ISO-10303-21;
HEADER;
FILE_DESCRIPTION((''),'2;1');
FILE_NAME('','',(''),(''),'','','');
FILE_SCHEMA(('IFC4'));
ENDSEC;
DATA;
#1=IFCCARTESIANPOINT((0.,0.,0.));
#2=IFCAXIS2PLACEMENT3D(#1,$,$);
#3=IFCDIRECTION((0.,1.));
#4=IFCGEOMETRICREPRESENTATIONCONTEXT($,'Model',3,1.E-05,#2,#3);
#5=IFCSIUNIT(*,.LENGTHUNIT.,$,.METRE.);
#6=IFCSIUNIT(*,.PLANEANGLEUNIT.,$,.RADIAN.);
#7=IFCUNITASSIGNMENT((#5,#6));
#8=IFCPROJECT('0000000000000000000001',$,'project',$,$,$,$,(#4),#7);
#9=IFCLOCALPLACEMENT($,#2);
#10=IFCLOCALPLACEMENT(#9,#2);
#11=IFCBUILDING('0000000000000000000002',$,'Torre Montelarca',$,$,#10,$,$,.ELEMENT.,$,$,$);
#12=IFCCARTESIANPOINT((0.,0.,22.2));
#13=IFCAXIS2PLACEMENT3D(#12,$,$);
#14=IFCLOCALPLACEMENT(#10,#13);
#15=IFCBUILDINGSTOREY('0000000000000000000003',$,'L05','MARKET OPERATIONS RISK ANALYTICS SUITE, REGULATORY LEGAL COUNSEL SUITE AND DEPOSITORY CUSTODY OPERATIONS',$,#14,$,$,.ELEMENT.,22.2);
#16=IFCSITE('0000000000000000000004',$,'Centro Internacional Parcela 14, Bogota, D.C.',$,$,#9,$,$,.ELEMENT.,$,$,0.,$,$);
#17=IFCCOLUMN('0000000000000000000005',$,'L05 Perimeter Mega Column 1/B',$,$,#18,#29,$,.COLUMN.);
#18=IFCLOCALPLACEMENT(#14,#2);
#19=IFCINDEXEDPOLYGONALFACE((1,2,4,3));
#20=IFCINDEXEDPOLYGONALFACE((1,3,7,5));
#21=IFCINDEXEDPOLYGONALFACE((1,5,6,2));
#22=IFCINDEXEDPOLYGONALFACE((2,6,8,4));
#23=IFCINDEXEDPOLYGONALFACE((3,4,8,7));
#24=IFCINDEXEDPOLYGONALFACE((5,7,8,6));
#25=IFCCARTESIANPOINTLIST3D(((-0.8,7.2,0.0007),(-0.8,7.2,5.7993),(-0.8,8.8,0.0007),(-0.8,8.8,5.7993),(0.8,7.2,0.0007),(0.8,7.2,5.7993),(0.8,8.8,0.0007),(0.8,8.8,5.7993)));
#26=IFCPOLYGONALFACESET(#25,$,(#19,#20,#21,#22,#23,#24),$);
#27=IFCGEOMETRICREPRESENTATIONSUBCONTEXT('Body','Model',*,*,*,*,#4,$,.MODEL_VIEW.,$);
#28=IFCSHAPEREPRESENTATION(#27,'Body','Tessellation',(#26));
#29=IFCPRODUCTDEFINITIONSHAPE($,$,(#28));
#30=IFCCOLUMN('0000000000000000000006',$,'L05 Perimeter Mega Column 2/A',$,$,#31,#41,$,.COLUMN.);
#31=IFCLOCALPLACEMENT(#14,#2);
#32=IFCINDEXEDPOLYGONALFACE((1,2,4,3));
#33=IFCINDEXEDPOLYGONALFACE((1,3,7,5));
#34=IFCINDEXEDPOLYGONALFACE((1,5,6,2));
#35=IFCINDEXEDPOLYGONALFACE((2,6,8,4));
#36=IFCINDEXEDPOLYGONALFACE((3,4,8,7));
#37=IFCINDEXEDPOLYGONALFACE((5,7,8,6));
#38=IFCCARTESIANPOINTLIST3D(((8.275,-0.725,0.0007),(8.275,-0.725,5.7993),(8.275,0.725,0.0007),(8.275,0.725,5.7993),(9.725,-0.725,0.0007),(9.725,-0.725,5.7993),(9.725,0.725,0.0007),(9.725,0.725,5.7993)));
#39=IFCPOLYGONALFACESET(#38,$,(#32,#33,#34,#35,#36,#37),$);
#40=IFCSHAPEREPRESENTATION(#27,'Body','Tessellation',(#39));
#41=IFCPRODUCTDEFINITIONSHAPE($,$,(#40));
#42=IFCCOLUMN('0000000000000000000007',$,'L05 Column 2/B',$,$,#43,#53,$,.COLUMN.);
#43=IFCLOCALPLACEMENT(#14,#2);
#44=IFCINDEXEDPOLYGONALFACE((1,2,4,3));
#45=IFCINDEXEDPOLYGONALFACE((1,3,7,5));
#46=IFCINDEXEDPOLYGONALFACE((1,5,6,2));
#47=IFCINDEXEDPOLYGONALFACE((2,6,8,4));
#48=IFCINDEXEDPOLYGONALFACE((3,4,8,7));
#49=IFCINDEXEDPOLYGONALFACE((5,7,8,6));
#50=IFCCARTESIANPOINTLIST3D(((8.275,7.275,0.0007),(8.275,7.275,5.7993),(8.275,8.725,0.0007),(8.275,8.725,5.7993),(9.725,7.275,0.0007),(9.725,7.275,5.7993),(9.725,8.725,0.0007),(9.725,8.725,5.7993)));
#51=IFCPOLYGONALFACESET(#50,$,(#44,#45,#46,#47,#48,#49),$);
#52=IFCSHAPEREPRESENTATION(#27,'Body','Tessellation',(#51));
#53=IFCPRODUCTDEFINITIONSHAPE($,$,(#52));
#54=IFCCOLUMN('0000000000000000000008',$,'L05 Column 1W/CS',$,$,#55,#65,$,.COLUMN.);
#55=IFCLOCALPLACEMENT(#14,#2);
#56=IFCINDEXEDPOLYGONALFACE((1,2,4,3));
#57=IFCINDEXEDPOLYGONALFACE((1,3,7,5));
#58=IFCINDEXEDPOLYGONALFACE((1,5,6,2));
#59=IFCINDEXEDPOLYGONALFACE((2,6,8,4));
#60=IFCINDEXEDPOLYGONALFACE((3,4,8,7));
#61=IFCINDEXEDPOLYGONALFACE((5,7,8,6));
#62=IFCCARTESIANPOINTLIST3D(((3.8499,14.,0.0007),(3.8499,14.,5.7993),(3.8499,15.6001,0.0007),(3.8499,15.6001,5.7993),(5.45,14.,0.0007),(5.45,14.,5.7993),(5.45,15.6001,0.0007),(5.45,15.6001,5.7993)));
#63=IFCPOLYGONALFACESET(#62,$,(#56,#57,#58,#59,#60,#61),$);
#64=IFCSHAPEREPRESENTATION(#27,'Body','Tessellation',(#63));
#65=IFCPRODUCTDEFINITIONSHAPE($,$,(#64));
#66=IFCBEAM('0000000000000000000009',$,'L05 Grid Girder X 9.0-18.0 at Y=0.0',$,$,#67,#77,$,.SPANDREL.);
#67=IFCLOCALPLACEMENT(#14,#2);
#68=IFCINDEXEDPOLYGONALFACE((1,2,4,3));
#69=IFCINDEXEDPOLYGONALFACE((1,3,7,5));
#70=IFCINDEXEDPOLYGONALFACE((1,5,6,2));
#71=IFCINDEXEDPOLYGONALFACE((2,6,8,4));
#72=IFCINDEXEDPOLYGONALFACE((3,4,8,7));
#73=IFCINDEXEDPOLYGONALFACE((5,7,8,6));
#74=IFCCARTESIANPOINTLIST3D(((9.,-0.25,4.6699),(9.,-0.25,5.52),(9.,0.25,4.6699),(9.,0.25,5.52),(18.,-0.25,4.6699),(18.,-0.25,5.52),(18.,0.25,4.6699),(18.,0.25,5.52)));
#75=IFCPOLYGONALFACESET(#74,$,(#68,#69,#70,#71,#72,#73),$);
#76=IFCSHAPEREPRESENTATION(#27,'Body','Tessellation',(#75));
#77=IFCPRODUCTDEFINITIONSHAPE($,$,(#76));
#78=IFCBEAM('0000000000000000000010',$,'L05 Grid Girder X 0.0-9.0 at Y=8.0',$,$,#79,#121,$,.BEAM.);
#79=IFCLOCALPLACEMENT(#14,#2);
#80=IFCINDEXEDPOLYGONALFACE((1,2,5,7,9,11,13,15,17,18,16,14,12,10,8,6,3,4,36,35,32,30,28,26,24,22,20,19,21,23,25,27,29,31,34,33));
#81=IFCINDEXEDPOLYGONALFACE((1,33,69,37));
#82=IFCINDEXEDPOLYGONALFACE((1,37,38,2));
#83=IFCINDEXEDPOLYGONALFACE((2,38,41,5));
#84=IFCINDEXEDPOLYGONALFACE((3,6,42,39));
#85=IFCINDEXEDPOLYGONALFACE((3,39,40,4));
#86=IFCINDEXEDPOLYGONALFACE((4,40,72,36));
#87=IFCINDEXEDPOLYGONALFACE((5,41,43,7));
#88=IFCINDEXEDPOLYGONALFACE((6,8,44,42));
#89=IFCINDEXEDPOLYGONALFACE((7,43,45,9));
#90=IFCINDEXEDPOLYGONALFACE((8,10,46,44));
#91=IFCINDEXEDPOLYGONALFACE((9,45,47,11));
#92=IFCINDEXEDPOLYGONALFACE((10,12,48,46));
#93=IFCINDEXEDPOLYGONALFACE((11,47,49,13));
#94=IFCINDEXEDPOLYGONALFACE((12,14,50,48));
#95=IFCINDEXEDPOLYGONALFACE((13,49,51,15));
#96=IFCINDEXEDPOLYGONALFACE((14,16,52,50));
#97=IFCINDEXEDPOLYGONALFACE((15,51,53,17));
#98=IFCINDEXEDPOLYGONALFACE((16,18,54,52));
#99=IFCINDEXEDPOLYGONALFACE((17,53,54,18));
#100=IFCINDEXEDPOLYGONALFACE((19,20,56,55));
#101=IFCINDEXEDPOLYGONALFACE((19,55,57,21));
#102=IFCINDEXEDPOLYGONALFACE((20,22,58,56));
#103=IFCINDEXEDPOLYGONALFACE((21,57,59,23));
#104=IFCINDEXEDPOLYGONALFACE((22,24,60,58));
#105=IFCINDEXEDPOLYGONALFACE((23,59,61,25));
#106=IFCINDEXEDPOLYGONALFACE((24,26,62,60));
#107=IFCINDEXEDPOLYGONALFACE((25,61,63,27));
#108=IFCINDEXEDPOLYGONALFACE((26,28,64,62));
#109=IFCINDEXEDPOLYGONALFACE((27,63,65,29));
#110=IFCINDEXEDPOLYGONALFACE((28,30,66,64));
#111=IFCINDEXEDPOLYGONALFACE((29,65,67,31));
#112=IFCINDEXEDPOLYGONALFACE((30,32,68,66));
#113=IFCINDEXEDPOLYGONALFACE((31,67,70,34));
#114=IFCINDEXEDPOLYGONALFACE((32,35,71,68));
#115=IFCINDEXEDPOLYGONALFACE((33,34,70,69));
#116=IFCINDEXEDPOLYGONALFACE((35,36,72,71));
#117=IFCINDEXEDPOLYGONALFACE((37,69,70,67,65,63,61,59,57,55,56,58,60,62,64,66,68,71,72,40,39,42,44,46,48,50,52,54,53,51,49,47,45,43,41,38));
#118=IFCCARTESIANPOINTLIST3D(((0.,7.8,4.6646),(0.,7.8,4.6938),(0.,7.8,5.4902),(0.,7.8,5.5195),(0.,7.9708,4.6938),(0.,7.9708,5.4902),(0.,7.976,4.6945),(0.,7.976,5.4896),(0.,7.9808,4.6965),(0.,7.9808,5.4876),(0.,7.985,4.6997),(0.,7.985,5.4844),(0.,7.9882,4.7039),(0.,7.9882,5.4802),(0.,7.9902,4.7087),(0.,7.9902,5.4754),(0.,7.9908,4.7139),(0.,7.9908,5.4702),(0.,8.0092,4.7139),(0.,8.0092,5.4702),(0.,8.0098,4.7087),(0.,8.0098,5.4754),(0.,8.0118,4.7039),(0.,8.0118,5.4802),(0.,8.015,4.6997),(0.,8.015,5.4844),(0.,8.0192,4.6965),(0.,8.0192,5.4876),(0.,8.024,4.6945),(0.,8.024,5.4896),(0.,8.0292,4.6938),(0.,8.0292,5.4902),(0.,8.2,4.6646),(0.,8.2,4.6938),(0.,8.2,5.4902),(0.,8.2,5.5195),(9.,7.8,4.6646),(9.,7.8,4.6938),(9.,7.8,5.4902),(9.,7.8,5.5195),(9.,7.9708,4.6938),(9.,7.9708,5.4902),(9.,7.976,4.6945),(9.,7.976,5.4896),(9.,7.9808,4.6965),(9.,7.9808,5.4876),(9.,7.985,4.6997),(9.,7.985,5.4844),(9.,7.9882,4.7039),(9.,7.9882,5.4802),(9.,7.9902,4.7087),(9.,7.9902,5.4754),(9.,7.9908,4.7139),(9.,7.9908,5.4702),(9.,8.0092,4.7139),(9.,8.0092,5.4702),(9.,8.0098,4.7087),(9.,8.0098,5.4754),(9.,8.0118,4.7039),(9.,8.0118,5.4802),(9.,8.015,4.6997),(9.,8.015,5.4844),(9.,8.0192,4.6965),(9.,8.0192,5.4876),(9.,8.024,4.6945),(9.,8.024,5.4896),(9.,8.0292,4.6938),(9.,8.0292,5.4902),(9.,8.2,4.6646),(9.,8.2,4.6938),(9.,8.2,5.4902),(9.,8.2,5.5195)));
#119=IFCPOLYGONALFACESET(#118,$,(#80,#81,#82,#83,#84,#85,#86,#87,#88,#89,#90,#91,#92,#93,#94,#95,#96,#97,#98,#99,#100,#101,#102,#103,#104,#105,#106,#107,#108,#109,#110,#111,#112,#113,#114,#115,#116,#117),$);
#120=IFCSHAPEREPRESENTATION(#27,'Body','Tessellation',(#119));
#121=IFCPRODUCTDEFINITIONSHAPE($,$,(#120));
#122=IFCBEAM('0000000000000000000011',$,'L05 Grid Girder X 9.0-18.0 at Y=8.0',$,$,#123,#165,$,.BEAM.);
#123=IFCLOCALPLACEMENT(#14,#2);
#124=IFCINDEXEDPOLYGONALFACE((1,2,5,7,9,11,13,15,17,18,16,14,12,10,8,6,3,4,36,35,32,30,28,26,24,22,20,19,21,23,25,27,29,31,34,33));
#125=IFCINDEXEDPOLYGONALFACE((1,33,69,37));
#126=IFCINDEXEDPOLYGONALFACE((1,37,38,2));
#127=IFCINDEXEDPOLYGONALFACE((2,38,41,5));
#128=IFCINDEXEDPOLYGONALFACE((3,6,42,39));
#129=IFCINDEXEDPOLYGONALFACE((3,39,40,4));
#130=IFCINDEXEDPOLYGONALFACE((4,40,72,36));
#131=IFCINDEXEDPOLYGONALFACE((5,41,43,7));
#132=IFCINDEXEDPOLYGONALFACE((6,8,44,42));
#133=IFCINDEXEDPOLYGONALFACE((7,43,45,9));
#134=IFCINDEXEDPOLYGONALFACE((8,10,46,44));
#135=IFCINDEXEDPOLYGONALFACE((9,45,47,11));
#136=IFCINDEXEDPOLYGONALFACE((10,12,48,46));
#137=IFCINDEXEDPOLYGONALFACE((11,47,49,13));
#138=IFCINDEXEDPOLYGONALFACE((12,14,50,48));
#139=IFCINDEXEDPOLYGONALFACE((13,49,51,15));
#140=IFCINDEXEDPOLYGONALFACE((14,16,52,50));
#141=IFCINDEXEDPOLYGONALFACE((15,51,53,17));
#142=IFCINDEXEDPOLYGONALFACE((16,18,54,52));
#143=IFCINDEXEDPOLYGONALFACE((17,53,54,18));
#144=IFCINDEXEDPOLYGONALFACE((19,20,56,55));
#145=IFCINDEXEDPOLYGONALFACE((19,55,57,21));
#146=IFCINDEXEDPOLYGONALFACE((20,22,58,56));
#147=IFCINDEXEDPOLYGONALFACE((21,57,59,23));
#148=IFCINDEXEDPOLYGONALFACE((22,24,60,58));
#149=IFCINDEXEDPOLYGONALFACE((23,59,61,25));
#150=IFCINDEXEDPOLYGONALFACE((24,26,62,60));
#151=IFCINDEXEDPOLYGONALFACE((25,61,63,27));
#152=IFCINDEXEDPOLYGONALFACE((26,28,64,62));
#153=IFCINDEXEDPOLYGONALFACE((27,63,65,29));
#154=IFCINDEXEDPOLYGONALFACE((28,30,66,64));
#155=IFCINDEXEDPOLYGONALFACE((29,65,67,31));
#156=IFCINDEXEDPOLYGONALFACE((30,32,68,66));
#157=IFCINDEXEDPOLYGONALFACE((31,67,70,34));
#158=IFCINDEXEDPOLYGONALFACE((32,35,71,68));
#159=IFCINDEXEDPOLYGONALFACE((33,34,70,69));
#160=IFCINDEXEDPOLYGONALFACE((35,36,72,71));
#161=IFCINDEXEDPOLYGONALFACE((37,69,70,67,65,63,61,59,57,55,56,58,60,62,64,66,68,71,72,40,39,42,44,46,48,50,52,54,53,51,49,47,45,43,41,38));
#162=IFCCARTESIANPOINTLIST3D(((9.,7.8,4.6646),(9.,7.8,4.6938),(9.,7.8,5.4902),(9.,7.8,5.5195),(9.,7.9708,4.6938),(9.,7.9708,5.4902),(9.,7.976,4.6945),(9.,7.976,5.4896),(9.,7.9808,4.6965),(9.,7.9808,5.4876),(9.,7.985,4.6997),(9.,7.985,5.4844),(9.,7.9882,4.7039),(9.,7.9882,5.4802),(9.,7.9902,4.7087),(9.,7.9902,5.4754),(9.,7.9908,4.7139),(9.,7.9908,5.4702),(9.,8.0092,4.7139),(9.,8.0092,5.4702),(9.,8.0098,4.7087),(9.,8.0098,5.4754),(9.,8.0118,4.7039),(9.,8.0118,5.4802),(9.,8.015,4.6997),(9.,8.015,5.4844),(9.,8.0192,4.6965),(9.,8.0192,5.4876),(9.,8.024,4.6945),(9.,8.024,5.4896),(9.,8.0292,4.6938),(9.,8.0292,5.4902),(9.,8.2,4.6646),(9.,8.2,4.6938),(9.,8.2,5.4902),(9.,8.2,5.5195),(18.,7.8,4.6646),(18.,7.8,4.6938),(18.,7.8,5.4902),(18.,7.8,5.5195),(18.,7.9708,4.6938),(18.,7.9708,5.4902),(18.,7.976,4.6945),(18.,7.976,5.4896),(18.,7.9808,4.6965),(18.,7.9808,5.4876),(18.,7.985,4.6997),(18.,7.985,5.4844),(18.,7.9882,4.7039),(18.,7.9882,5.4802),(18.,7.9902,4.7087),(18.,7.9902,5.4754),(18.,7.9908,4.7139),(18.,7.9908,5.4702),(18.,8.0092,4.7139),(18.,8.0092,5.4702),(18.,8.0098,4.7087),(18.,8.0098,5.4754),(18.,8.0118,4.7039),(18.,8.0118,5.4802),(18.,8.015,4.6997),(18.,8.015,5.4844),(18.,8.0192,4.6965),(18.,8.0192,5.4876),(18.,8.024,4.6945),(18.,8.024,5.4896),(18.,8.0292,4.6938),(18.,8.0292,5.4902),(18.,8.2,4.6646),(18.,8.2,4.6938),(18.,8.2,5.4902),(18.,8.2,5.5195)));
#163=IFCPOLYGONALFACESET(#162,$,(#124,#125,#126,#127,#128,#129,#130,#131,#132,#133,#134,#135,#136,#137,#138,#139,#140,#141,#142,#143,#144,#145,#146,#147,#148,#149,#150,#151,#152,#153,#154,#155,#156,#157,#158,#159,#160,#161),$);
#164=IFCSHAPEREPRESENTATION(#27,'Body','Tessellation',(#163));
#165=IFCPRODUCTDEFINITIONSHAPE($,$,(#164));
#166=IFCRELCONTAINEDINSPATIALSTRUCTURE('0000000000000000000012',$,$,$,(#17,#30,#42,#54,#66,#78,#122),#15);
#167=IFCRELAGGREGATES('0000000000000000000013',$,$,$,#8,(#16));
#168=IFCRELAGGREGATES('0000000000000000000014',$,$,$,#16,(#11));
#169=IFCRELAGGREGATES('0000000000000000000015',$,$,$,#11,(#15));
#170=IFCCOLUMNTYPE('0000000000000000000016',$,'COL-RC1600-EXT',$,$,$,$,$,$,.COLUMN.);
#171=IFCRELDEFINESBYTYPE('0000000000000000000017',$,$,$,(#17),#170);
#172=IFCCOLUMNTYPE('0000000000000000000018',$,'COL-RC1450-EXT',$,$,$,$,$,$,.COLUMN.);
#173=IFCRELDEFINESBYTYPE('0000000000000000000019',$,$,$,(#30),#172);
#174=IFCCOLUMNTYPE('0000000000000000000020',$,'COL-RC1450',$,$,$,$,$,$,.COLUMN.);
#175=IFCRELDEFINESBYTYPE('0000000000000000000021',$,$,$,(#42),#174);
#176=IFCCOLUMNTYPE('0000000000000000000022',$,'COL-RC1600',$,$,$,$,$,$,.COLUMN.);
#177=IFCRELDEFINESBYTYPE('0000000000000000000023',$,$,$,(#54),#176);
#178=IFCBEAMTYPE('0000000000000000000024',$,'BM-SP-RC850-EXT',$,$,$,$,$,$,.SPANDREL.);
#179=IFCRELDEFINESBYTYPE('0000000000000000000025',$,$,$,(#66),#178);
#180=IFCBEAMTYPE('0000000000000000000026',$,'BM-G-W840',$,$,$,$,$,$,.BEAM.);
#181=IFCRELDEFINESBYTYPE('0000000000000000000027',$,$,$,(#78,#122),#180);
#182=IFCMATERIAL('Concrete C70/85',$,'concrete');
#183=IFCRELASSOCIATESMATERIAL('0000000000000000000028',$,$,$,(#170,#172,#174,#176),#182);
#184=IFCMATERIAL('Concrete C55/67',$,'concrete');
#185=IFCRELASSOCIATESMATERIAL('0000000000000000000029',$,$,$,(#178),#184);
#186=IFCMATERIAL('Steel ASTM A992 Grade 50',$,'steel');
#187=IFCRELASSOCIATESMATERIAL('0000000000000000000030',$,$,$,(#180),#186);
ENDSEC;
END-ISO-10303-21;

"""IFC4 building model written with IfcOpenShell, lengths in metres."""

from ifc_helpers import new_model, si_unit, direction, frame, origin, origin_2d, place, context, subcontext, project, spatial, rectangle, i_section, extrude, source, transform, mapped, material, material_profile, profile_set, type_object, element, save


model = new_model("IFC4")

# Units and contexts
model_context = context("Model", 3, precision=1e-05, world=origin(), true_north=direction((0.0, 1.0)))
body_context = subcontext(model_context, "Body", "Model", "MODEL_VIEW")
ifc_project = project(units=[si_unit("LENGTHUNIT", "METRE"), si_unit("PLANEANGLEUNIT", "RADIAN")], contexts=[model_context])

# Site, building, storey
site_placement = place(None, origin())
site = spatial("IfcSite", under=ifc_project, at=site_placement, Name="Centro Internacional Parcela 14, Bogota, D.C.", CompositionType="ELEMENT", RefElevation=0.0)
building_placement = place(site_placement, origin())
building = spatial("IfcBuilding", under=site, at=building_placement, Name="Torre Montelarca", CompositionType="ELEMENT")
storey_placement = place(building_placement, frame((0.0, 0.0, 22.2)))
storey = spatial("IfcBuildingStorey", under=building, at=storey_placement, Name="L05", Description="MARKET OPERATIONS RISK ANALYTICS SUITE, REGULATORY LEGAL COUNSEL SUITE AND DEPOSITORY CUSTODY OPERATIONS", CompositionType="ELEMENT", Elevation=22.2)

# Columns
ifc_material_1 = material(Name="Concrete C70/85", Category="concrete")
ifc_material_profile_1 = material_profile(ifc_material_1, rectangle(XDim=1.6001, YDim=1.6001, at=origin_2d()), Name="RC1600X1600", Category="concrete")
ifc_profile_set_1 = profile_set([ifc_material_profile_1], Name="Concrete C70/85")
column_type_1 = type_object("IfcColumnType", Name="COL-RC1600-EXT", PredefinedType="COLUMN", material=ifc_profile_set_1)
shared_shape_1 = source(origin(), body_context, "Body", "SweptSolid", [
    extrude(rectangle(XDim=1.6001, YDim=1.6001, at=origin_2d()), origin(), (0.0, 0.0, 1.0), 5.7986),
])
column_1_placement = place(storey_placement, frame((0.0, 8.0, 0.0007), z_axis=(0.0, 0.0, 1.0), x_axis=(1.0, 0.0, 0.0)))
element("IfcColumn", 1, at=column_1_placement, inside=storey, type_object=column_type_1, Name="L05 Perimeter Mega Column 1/B", PredefinedType="COLUMN", context=body_context, shape_type="MappedRepresentation", body=[
    mapped(shared_shape_1, transform((0.0, 0.0, 0.0), scale=1.0)),
])
ifc_material_profile_2 = material_profile(ifc_material_1, rectangle(XDim=1.45, YDim=1.45, at=origin_2d()), Name="RC1450X1450", Category="concrete")
ifc_profile_set_2 = profile_set([ifc_material_profile_2], Name="Concrete C70/85")
column_type_2 = type_object("IfcColumnType", Name="COL-RC1450-EXT", PredefinedType="COLUMN", material=ifc_profile_set_2)
shared_shape_2 = source(origin(), body_context, "Body", "SweptSolid", [
    extrude(rectangle(XDim=1.45, YDim=1.45, at=origin_2d()), origin(), (0.0, 0.0, 1.0), 5.7986),
])
column_2_placement = place(storey_placement, frame((9.0, 0.0, 0.0007), z_axis=(0.0, 0.0, 1.0), x_axis=(1.0, 0.0, 0.0)))
element("IfcColumn", 2, at=column_2_placement, inside=storey, type_object=column_type_2, Name="L05 Perimeter Mega Column 2/A", PredefinedType="COLUMN", context=body_context, shape_type="MappedRepresentation", body=[
    mapped(shared_shape_2, transform((0.0, 0.0, 0.0), scale=1.0)),
])
ifc_material_profile_3 = material_profile(ifc_material_1, rectangle(XDim=1.45, YDim=1.45, at=origin_2d()), Name="RC1450X1450", Category="concrete")
ifc_profile_set_3 = profile_set([ifc_material_profile_3], Name="Concrete C70/85")
column_type_3 = type_object("IfcColumnType", Name="COL-RC1450", PredefinedType="COLUMN", material=ifc_profile_set_3)
shared_shape_3 = source(origin(), body_context, "Body", "SweptSolid", [
    extrude(rectangle(XDim=1.45, YDim=1.45, at=origin_2d()), origin(), (0.0, 0.0, 1.0), 5.7986),
])
column_3_placement = place(storey_placement, frame((9.0, 8.0, 0.0007), z_axis=(0.0, 0.0, 1.0), x_axis=(1.0, 0.0, 0.0)))
element("IfcColumn", 3, at=column_3_placement, inside=storey, type_object=column_type_3, Name="L05 Column 2/B", PredefinedType="COLUMN", context=body_context, shape_type="MappedRepresentation", body=[
    mapped(shared_shape_3, transform((0.0, 0.0, 0.0), scale=1.0)),
])
ifc_material_profile_4 = material_profile(ifc_material_1, rectangle(XDim=1.6001, YDim=1.6001, at=origin_2d()), Name="RC1600X1600", Category="concrete")
ifc_profile_set_4 = profile_set([ifc_material_profile_4], Name="Concrete C70/85")
column_type_4 = type_object("IfcColumnType", Name="COL-RC1600", PredefinedType="COLUMN", material=ifc_profile_set_4)
shared_shape_4 = source(origin(), body_context, "Body", "SweptSolid", [
    extrude(rectangle(XDim=1.6001, YDim=1.6001, at=origin_2d()), origin(), (0.0, 0.0, 1.0), 5.7986),
])
column_4_placement = place(storey_placement, frame((4.6499, 14.8, 0.0007), z_axis=(0.0, 0.0, 1.0), x_axis=(1.0, 0.0, 0.0)))
element("IfcColumn", 4, at=column_4_placement, inside=storey, type_object=column_type_4, Name="L05 Column 1W/CS", PredefinedType="COLUMN", context=body_context, shape_type="MappedRepresentation", body=[
    mapped(shared_shape_4, transform((0.0, 0.0, 0.0), scale=1.0)),
])

# Beams
ifc_material_2 = material(Name="Concrete C55/67", Category="concrete")
ifc_material_profile_5 = material_profile(ifc_material_2, rectangle(XDim=0.5, YDim=0.8501, at=origin_2d()), Name="RCB500X850", Category="concrete")
ifc_profile_set_5 = profile_set([ifc_material_profile_5], Name="Concrete C55/67")
beam_type_1 = type_object("IfcBeamType", Name="BM-SP-RC850-EXT", PredefinedType="SPANDREL", material=ifc_profile_set_5)
shared_shape_5 = source(origin(), body_context, "Body", "SweptSolid", [
    extrude(rectangle(XDim=0.5, YDim=0.8501, at=origin_2d()), origin(), (0.0, 0.0, 1.0), 9.0),
])
beam_1_placement = place(storey_placement, frame((9.0, 0.0, 5.095), z_axis=(1.0, 0.0, 0.0), x_axis=(0.0, 1.0, 0.0)))
element("IfcBeam", 5, at=beam_1_placement, inside=storey, type_object=beam_type_1, Name="L05 Grid Girder X 9.0-18.0 at Y=0.0", PredefinedType="SPANDREL", context=body_context, shape_type="MappedRepresentation", body=[
    mapped(shared_shape_5, transform((0.0, 0.0, 0.0), scale=1.0)),
])
ifc_material_3 = material(Name="Steel ASTM A992 Grade 50", Category="steel")
ifc_material_profile_6 = material_profile(ifc_material_3, i_section(OverallWidth=0.3999, OverallDepth=0.855, WebThickness=0.0183, FlangeThickness=0.0293, FilletRadius=0.02, at=origin_2d()), Name="W840X299", Category="steel")
ifc_profile_set_6 = profile_set([ifc_material_profile_6], Name="Steel ASTM A992 Grade 50")
beam_type_2 = type_object("IfcBeamType", Name="BM-G-W840", PredefinedType="BEAM", material=ifc_profile_set_6)
shared_shape_6 = source(origin(), body_context, "Body", "SweptSolid", [
    extrude(i_section(OverallWidth=0.3999, OverallDepth=0.855, WebThickness=0.0183, FlangeThickness=0.0293, FilletRadius=0.02, at=origin_2d()), origin(), (0.0, 0.0, 1.0), 9.0),
])
for number, where, z_axis, x_axis, name in (
    (6, (0.0, 8.0, 5.092), (1.0, 0.0, 0.0), (0.0, 1.0, 0.0), "L05 Grid Girder X 0.0-9.0 at Y=8.0"),
    (7, (9.0, 8.0, 5.092), (1.0, 0.0, 0.0), (0.0, 1.0, 0.0), "L05 Grid Girder X 9.0-18.0 at Y=8.0"),
):
    element("IfcBeam", number, at=place(storey_placement, frame(where, z_axis=z_axis, x_axis=x_axis)), inside=storey, type_object=beam_type_2, Name=name, PredefinedType="BEAM", context=body_context, shape_type="MappedRepresentation", body=[
        mapped(shared_shape_6, transform((0.0, 0.0, 0.0), scale=1.0)),
    ])

save(model, "model.ifc")
